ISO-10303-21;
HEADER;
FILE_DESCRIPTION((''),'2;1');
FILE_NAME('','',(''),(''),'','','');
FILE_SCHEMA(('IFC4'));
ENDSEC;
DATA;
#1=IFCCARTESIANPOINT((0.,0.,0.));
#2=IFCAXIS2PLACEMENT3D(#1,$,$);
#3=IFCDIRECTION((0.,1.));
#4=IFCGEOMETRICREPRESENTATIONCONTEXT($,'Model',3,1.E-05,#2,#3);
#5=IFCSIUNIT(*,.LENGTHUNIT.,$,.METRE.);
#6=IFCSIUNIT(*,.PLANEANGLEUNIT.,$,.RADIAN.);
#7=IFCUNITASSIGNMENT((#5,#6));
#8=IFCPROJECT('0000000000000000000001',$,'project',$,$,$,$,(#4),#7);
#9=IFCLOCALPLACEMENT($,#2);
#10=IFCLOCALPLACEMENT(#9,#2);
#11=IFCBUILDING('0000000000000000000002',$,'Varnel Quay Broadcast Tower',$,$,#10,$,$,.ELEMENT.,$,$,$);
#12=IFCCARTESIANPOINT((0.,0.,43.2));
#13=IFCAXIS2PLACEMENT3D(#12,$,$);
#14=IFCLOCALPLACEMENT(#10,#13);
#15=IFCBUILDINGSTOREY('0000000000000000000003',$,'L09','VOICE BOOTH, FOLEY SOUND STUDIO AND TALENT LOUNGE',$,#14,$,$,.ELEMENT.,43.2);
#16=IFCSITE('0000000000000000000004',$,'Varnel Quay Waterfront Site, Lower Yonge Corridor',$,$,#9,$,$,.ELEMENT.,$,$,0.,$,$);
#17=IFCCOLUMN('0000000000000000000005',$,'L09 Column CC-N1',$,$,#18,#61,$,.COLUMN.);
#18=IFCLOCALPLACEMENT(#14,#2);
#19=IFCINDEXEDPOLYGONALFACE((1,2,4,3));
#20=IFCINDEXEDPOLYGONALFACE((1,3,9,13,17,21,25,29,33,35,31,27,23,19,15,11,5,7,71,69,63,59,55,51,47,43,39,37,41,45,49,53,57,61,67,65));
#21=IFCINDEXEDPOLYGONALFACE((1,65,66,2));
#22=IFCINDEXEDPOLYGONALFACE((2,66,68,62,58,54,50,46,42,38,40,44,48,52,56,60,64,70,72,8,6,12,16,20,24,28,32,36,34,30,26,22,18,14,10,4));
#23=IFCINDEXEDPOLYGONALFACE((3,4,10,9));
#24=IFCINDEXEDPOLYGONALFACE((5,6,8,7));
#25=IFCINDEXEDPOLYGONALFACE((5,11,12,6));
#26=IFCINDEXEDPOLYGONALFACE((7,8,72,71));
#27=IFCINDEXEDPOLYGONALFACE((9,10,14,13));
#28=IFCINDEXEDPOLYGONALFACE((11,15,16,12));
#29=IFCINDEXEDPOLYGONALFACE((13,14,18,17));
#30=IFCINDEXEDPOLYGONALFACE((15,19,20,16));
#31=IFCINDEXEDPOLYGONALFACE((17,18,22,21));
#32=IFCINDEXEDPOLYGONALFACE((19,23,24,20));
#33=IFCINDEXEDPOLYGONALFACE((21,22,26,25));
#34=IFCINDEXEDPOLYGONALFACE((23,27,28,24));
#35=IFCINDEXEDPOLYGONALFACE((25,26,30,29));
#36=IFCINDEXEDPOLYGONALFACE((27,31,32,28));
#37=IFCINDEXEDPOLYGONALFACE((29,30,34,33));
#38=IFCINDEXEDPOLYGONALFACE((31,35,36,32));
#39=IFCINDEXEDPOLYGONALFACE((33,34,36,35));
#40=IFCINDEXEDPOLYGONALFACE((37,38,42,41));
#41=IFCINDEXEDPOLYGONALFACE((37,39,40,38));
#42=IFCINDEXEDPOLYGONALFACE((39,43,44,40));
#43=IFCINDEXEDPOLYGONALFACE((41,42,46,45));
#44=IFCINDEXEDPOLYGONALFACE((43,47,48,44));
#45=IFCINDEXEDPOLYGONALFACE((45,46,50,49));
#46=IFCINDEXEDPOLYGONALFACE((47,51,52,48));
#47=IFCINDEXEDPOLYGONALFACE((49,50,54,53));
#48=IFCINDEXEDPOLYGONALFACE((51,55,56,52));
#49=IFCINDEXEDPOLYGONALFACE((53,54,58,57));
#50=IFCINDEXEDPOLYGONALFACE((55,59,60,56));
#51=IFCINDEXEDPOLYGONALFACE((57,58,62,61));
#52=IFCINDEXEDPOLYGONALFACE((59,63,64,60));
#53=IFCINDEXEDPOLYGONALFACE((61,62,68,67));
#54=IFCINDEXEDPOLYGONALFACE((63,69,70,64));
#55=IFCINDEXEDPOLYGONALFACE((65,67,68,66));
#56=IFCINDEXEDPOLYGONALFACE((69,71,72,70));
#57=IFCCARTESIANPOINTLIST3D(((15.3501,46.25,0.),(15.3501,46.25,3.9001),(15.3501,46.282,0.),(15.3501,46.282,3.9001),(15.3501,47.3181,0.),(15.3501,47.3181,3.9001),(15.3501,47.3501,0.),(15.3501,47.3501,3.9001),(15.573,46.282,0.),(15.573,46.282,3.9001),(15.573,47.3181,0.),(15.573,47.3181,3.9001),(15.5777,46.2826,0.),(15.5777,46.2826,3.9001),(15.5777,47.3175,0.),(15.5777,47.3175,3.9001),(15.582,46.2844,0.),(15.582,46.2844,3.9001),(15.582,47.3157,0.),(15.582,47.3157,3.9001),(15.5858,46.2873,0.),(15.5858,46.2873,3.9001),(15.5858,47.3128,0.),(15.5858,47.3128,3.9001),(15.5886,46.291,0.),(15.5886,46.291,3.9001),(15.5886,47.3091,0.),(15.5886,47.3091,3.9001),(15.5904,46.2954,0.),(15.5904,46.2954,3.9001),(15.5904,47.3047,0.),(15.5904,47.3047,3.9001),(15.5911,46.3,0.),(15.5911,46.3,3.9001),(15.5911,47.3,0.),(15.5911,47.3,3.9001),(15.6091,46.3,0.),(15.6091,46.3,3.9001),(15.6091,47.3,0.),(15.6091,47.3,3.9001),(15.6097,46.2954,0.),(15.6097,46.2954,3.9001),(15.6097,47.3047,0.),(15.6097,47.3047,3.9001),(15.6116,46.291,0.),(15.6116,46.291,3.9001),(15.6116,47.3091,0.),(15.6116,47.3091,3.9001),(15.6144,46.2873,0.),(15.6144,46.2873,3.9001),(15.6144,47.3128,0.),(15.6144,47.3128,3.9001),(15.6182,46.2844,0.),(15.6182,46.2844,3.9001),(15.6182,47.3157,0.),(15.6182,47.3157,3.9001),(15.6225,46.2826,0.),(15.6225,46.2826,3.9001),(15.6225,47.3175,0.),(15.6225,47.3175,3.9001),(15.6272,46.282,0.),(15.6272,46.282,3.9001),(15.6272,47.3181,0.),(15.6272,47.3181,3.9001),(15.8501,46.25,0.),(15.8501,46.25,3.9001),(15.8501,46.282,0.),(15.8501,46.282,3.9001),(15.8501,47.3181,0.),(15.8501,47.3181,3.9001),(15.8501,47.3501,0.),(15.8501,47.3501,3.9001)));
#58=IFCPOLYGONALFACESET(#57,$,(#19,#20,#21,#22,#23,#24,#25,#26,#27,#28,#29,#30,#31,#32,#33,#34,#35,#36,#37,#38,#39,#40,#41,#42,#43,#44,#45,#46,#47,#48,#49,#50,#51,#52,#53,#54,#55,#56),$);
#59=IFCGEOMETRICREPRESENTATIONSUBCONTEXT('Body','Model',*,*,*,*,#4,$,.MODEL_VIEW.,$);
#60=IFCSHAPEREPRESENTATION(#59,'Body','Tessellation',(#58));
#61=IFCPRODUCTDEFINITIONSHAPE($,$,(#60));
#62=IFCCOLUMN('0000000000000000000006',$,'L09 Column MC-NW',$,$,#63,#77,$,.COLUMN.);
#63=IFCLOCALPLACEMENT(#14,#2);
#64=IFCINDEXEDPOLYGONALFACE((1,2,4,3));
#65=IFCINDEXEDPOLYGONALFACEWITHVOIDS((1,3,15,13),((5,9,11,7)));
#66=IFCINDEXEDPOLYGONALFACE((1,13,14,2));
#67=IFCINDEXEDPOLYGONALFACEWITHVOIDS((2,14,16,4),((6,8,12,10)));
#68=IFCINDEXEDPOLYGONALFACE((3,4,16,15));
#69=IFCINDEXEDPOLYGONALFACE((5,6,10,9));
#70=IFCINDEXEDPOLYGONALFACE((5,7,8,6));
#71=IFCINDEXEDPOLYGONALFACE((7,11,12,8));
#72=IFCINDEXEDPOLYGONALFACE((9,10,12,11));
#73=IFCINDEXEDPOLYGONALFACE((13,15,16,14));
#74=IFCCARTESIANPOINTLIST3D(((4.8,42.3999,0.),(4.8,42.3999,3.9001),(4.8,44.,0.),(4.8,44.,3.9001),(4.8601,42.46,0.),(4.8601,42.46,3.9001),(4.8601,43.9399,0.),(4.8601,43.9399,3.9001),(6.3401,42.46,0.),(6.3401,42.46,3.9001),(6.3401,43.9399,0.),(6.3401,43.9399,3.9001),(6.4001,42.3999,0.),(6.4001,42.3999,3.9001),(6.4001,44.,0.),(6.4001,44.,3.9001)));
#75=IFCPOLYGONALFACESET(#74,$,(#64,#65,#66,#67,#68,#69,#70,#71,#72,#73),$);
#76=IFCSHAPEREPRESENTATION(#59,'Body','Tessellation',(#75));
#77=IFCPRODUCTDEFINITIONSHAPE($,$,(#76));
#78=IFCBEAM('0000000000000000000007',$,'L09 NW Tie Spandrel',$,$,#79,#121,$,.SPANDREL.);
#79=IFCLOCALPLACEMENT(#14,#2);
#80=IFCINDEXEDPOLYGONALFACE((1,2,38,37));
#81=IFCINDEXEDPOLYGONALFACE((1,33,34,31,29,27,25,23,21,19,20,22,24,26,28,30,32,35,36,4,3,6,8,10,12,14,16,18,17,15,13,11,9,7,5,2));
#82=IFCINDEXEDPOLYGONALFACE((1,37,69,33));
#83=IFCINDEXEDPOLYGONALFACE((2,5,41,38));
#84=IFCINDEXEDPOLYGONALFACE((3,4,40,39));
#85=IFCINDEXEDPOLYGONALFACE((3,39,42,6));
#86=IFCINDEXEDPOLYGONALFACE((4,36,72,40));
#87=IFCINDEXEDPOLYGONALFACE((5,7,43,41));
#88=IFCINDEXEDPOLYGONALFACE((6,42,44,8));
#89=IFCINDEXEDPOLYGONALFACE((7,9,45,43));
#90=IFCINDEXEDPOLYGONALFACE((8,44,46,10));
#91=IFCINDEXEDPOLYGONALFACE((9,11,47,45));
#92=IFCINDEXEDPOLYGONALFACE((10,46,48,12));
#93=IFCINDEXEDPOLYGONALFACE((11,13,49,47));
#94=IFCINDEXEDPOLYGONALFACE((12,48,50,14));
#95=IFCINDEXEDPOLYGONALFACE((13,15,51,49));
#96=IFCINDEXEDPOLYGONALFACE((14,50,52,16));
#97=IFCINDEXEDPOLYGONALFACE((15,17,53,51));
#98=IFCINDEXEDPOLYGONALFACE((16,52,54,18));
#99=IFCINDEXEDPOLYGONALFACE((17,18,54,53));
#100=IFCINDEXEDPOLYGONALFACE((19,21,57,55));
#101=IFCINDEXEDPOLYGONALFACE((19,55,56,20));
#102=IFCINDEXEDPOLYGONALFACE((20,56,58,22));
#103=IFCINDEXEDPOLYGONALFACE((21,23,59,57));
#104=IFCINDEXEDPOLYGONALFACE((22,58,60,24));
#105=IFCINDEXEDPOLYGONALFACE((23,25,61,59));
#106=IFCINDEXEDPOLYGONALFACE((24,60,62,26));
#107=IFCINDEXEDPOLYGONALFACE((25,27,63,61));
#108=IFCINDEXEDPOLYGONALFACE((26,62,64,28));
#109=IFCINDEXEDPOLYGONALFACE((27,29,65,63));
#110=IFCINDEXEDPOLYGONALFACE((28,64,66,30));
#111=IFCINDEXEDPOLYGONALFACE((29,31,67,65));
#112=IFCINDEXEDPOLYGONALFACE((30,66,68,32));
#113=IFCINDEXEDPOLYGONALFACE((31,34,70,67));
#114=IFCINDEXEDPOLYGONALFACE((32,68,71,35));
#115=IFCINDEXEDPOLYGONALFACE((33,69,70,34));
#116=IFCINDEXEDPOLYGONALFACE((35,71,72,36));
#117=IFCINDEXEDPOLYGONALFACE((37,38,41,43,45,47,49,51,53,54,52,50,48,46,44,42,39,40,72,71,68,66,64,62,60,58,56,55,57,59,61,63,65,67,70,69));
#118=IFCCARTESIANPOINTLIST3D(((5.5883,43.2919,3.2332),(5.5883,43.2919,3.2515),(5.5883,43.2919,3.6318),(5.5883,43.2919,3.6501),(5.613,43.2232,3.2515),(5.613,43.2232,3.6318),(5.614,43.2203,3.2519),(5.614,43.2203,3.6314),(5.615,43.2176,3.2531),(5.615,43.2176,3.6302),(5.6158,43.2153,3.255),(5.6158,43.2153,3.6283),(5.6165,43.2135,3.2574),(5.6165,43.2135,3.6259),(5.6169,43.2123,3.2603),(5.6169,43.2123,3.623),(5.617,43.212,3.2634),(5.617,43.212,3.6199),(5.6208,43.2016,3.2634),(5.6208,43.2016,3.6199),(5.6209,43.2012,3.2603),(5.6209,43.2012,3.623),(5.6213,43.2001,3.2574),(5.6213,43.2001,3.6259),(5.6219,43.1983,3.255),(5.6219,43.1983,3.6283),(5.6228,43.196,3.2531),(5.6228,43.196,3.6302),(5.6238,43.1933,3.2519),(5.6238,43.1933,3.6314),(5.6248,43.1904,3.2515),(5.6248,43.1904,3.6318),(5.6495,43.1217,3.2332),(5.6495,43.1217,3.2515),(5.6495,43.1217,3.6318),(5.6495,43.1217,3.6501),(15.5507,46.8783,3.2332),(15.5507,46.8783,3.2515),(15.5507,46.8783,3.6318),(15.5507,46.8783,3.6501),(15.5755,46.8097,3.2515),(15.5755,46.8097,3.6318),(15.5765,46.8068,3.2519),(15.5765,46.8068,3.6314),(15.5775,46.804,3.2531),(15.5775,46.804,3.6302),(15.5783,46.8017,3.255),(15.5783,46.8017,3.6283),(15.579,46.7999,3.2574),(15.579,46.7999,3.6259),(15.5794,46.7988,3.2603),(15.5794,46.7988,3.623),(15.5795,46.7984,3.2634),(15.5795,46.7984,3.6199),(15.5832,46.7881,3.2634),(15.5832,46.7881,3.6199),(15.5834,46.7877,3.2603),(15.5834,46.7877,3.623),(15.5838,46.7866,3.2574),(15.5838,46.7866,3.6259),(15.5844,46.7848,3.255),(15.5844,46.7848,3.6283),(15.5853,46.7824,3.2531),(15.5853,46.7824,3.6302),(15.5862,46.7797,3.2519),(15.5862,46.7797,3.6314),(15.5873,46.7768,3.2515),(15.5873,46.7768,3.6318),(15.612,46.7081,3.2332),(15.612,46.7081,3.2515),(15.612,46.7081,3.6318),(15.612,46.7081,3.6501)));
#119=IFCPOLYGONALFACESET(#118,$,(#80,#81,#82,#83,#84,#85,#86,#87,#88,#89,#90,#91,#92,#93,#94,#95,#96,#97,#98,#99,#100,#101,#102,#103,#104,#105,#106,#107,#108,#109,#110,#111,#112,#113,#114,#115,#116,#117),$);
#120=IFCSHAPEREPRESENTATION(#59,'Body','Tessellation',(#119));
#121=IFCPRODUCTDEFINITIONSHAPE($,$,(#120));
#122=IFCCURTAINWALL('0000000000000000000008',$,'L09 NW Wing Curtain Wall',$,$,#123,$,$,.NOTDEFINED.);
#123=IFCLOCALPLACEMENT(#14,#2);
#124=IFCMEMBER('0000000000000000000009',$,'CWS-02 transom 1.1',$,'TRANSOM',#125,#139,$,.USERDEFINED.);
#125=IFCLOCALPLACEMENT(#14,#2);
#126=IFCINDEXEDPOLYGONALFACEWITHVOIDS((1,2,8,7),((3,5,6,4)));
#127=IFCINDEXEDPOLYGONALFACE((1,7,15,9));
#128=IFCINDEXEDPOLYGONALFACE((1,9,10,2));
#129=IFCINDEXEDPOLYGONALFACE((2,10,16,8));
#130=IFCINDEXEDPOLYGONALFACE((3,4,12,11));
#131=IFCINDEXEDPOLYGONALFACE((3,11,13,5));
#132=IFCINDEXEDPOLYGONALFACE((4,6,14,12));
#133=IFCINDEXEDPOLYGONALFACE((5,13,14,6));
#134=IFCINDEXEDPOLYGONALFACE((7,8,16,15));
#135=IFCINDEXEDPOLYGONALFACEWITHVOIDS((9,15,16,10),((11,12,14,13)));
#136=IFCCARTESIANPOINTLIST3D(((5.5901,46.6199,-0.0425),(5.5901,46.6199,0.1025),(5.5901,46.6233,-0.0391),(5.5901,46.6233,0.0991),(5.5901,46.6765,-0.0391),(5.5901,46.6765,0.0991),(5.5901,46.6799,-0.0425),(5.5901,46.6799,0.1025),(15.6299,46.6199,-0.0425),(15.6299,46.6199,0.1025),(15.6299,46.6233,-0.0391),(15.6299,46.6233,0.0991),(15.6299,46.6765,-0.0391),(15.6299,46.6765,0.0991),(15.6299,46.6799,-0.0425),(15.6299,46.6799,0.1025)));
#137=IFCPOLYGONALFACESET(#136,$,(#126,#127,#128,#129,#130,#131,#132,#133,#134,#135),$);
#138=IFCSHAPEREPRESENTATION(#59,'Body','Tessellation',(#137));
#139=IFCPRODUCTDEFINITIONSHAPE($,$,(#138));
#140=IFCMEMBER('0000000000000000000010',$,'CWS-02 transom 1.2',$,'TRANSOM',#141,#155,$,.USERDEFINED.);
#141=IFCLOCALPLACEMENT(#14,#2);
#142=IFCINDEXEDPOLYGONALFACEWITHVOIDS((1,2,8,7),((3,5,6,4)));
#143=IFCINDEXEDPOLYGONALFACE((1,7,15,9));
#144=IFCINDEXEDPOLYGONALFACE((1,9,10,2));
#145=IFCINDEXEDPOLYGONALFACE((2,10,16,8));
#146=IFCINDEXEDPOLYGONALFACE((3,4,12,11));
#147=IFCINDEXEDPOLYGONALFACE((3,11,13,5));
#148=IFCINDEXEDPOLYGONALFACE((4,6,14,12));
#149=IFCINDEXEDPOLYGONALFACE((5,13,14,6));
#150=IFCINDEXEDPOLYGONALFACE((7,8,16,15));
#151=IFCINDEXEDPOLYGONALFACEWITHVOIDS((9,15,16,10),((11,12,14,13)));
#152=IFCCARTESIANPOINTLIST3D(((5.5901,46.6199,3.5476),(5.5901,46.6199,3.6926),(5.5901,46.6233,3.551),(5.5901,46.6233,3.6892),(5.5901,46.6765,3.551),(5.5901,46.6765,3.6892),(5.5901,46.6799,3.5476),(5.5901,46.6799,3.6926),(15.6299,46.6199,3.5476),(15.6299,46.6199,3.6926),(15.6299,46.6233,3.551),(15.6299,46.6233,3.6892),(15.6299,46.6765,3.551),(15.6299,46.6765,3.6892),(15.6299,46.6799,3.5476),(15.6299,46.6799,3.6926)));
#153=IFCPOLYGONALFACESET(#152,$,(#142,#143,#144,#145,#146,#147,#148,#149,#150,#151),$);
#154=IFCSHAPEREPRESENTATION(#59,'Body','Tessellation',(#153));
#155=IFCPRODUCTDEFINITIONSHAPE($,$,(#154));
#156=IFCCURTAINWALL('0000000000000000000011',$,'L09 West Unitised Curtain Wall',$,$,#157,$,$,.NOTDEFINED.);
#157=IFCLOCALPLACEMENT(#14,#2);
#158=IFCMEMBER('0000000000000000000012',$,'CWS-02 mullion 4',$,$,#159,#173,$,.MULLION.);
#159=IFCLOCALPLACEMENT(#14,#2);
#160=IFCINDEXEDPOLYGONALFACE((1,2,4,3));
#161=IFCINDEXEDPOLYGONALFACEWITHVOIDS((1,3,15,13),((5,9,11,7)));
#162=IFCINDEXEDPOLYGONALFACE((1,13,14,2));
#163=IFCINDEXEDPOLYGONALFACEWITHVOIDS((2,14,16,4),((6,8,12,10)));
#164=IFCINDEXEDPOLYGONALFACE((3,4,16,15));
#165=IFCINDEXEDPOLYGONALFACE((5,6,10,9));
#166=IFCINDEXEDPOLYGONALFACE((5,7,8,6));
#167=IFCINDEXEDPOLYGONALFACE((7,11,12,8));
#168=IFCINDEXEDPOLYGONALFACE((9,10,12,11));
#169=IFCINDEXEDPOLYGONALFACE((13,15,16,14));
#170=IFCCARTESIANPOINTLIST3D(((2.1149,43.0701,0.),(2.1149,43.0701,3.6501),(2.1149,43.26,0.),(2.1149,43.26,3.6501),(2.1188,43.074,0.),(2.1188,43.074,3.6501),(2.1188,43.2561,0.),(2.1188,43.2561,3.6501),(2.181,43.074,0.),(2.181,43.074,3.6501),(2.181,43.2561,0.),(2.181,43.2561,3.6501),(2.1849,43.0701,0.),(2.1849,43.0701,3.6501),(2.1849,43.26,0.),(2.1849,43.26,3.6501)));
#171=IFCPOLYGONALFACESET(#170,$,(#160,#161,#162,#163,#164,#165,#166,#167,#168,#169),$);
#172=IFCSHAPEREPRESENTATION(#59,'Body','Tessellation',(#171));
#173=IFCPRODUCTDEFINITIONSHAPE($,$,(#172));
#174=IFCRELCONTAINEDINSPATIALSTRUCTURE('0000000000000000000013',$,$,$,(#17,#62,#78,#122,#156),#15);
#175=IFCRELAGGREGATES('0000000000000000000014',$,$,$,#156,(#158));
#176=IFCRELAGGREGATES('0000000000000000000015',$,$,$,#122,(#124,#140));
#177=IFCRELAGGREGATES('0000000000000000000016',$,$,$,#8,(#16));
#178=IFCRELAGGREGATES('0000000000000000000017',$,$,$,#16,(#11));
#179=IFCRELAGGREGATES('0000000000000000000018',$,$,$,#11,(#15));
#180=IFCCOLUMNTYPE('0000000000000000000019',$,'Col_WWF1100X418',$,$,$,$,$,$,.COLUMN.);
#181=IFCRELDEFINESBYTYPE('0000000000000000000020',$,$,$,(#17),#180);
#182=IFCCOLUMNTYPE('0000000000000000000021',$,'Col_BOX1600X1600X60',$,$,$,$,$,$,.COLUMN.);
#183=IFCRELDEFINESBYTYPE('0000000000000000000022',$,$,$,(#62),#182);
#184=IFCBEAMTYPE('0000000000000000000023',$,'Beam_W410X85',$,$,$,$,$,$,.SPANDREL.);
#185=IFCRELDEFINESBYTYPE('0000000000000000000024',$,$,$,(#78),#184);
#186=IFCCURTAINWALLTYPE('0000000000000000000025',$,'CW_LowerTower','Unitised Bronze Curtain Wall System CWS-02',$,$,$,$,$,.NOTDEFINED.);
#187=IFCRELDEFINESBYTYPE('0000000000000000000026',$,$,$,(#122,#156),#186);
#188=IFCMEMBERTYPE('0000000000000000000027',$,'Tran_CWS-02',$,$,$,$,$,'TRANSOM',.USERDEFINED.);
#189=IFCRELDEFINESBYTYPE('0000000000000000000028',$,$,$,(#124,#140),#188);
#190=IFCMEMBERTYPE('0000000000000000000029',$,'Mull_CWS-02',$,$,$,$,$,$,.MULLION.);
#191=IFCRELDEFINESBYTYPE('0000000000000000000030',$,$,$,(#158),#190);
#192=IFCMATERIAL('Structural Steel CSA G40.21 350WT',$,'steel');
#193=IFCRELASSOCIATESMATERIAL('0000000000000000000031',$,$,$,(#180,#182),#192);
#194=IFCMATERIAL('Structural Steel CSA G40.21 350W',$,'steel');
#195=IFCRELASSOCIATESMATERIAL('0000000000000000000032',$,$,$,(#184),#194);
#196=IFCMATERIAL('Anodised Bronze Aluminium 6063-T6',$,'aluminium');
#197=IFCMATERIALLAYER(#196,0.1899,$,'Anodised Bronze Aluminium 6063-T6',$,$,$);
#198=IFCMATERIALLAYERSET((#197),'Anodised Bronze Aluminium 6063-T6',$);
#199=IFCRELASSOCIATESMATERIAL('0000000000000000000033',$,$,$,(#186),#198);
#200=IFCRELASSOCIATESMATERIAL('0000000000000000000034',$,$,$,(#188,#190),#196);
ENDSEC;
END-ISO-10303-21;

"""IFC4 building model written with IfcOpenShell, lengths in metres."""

from ifc_helpers import new_model, si_unit, direction, frame, origin, origin_2d, place, context, subcontext, project, spatial, hollow_rectangle, i_section, extrude, source, transform, mapped, material, layer, layer_set, material_profile, profile_set, type_object, type_shapes, element, aggregate, save


model = new_model("IFC4")

# Units and contexts
model_context = context("Model", 3, precision=1e-05, world=origin(), true_north=direction((0.0, 1.0)))
body_context = subcontext(model_context, "Body", "Model", "MODEL_VIEW")
ifc_project = project(units=[si_unit("LENGTHUNIT", "METRE"), si_unit("PLANEANGLEUNIT", "RADIAN")], contexts=[model_context])

# Site, building, storey
site_placement = place(None, origin())
site = spatial("IfcSite", under=ifc_project, at=site_placement, Name="Varnel Quay Waterfront Site, Lower Yonge Corridor", CompositionType="ELEMENT", RefElevation=0.0)
building_placement = place(site_placement, origin())
building = spatial("IfcBuilding", under=site, at=building_placement, Name="Varnel Quay Broadcast Tower", CompositionType="ELEMENT")
storey_placement = place(building_placement, frame((0.0, 0.0, 43.2)))
storey = spatial("IfcBuildingStorey", under=building, at=storey_placement, Name="L09", Description="VOICE BOOTH, FOLEY SOUND STUDIO AND TALENT LOUNGE", CompositionType="ELEMENT", Elevation=43.2)

# Columns
ifc_material_1 = material(Name="Structural Steel CSA G40.21 350WT", Category="steel")
ifc_material_profile_1 = material_profile(ifc_material_1, i_section(OverallWidth=0.5, OverallDepth=1.1001, WebThickness=0.0181, FlangeThickness=0.032, FilletRadius=0.0181, at=origin_2d()), Name="WWF1100X418")
ifc_profile_set_1 = profile_set([ifc_material_profile_1], Name="Structural Steel CSA G40.21 350WT")
column_type_1 = type_object("IfcColumnType", Name="Col_WWF1100X418", PredefinedType="COLUMN", material=ifc_profile_set_1)
shared_shape_1 = source(origin(), body_context, "Body", "SweptSolid", [
    extrude(i_section(OverallWidth=0.5, OverallDepth=1.1001, WebThickness=0.0181, FlangeThickness=0.032, FilletRadius=0.0181, at=origin_2d()), origin(), (0.0, 0.0, 1.0), 3.9001),
])
type_shapes(column_type_1, [shared_shape_1])
column_1_placement = place(storey_placement, frame((15.6001, 46.8, 0.0), z_axis=(0.0, 0.0, 1.0), x_axis=(1.0, 0.0, 0.0)))
element("IfcColumn", 1, at=column_1_placement, inside=storey, type_object=column_type_1, Name="L09 Column CC-N1", PredefinedType="COLUMN", context=body_context, shape_type="MappedRepresentation", body=[
    mapped(shared_shape_1, transform((0.0, 0.0, 0.0), x_axis=(1.0, 0.0, 0.0), y_axis=(0.0, 1.0, 0.0), z_axis=(0.0, 0.0, 1.0), scale=1.0)),
])
ifc_material_profile_2 = material_profile(ifc_material_1, hollow_rectangle(XDim=1.6001, YDim=1.6001, WallThickness=0.0601, at=origin_2d()), Name="BOX1600X1600X60")
ifc_profile_set_2 = profile_set([ifc_material_profile_2], Name="Structural Steel CSA G40.21 350WT")
column_type_2 = type_object("IfcColumnType", Name="Col_BOX1600X1600X60", PredefinedType="COLUMN", material=ifc_profile_set_2)
shared_shape_2 = source(origin(), body_context, "Body", "SweptSolid", [
    extrude(hollow_rectangle(XDim=1.6001, YDim=1.6001, WallThickness=0.0601, at=origin_2d()), origin(), (0.0, 0.0, 1.0), 3.9001),
])
type_shapes(column_type_2, [shared_shape_2])
column_2_placement = place(storey_placement, frame((5.6001, 43.2, 0.0), z_axis=(0.0, 0.0, 1.0), x_axis=(1.0, 0.0, 0.0)))
element("IfcColumn", 2, at=column_2_placement, inside=storey, type_object=column_type_2, Name="L09 Column MC-NW", PredefinedType="COLUMN", context=body_context, shape_type="MappedRepresentation", body=[
    mapped(shared_shape_2, transform((0.0, 0.0, 0.0), x_axis=(1.0, 0.0, 0.0), y_axis=(0.0, 1.0, 0.0), z_axis=(0.0, 0.0, 1.0), scale=1.0)),
])

# Beam
ifc_material_2 = material(Name="Structural Steel CSA G40.21 350W", Category="steel")
ifc_material_profile_3 = material_profile(ifc_material_2, i_section(OverallWidth=0.1809, OverallDepth=0.417, WebThickness=0.011, FlangeThickness=0.0183, FilletRadius=0.012, at=origin_2d()), Name="W410X85")
ifc_profile_set_3 = profile_set([ifc_material_profile_3], Name="Structural Steel CSA G40.21 350W")
beam_type = type_object("IfcBeamType", Name="Beam_W410X85", PredefinedType="SPANDREL", material=ifc_profile_set_3)
shared_shape_3 = source(origin(), body_context, "Body", "SweptSolid", [
    extrude(i_section(OverallWidth=0.1809, OverallDepth=0.417, WebThickness=0.011, FlangeThickness=0.0183, FilletRadius=0.012, at=origin_2d()), origin(), (0.0, 0.0, 1.0), 10.5884),
])
type_shapes(beam_type, [shared_shape_3])
beam_placement = place(storey_placement, frame((5.6189, 43.2068, 3.4417), z_axis=(0.940889, 0.338716, 0.0), x_axis=(-0.338716, 0.940889, 0.0)))
element("IfcBeam", 3, at=beam_placement, inside=storey, type_object=beam_type, Name="L09 NW Tie Spandrel", PredefinedType="SPANDREL", context=body_context, shape_type="MappedRepresentation", body=[
    mapped(shared_shape_3, transform((0.0, 0.0, 0.0), x_axis=(1.0, 0.0, 0.0), y_axis=(0.0, 1.0, 0.0), z_axis=(0.0, 0.0, 1.0), scale=1.0)),
])

# Curtain wall, members
ifc_material_3 = material(Name="Anodised Bronze Aluminium 6063-T6", Category="aluminium")
ifc_layer_1 = layer(ifc_material_3, 0.1899, Name="Anodised Bronze Aluminium 6063-T6")
ifc_layer_set_1 = layer_set([ifc_layer_1], Name="Anodised Bronze Aluminium 6063-T6")
curtain_wall_type = type_object("IfcCurtainWallType", Name="CW_LowerTower", Description="Unitised Bronze Curtain Wall System CWS-02", PredefinedType="NOTDEFINED", material=ifc_layer_set_1)
curtain_wall_1_placement = place(storey_placement, origin())
curtain_wall_1 = element("IfcCurtainWall", 4, at=curtain_wall_1_placement, inside=storey, type_object=curtain_wall_type, Name="L09 NW Wing Curtain Wall", PredefinedType="NOTDEFINED")
ifc_material_profile_4 = material_profile(ifc_material_3, hollow_rectangle(XDim=0.0601, YDim=0.145, WallThickness=0.0034, at=origin_2d()), Name="ALU60X145X3.5")
ifc_profile_set_4 = profile_set([ifc_material_profile_4], Name="Anodised Bronze Aluminium 6063-T6")
member_type_1 = type_object("IfcMemberType", Name="Tran_CWS-02", ElementType="TRANSOM", PredefinedType="USERDEFINED", material=ifc_profile_set_4)
shared_shape_4 = source(origin(), body_context, "Body", "SweptSolid", [
    extrude(hollow_rectangle(XDim=0.0601, YDim=0.145, WallThickness=0.0034, at=origin_2d()), origin(), (0.0, 0.0, 1.0), 10.0398),
])
type_shapes(member_type_1, [shared_shape_4])
member_1_placement = place(storey_placement, frame((5.5901, 46.6499, 0.03), z_axis=(1.0, 0.0, 0.0), x_axis=(0.0, 1.0, 0.0)))
member_1 = element("IfcMember", 5, at=member_1_placement, type_object=member_type_1, Name="CWS-02 transom 1.1", ObjectType="TRANSOM", PredefinedType="USERDEFINED", context=body_context, shape_type="MappedRepresentation", body=[
    mapped(shared_shape_4, transform((0.0, 0.0, 0.0), x_axis=(1.0, 0.0, 0.0), y_axis=(0.0, 1.0, 0.0), z_axis=(0.0, 0.0, 1.0), scale=1.0)),
])
member_2_placement = place(storey_placement, frame((5.5901, 46.6499, 3.6201), z_axis=(1.0, 0.0, 0.0), x_axis=(0.0, 1.0, 0.0)))
member_2 = element("IfcMember", 6, at=member_2_placement, type_object=member_type_1, Name="CWS-02 transom 1.2", ObjectType="TRANSOM", PredefinedType="USERDEFINED", context=body_context, shape_type="MappedRepresentation", body=[
    mapped(shared_shape_4, transform((0.0, 0.0, 0.0), x_axis=(1.0, 0.0, 0.0), y_axis=(0.0, 1.0, 0.0), z_axis=(0.0, 0.0, 1.0), scale=1.0)),
])

# Curtain wall, member
curtain_wall_2_placement = place(storey_placement, origin())
curtain_wall_2 = element("IfcCurtainWall", 7, at=curtain_wall_2_placement, inside=storey, type_object=curtain_wall_type, Name="L09 West Unitised Curtain Wall", PredefinedType="NOTDEFINED")
ifc_material_profile_5 = material_profile(ifc_material_3, hollow_rectangle(XDim=0.0701, YDim=0.1899, WallThickness=0.0039, at=origin_2d()), Name="ALU70X190X4")
ifc_profile_set_5 = profile_set([ifc_material_profile_5], Name="Anodised Bronze Aluminium 6063-T6")
member_type_2 = type_object("IfcMemberType", Name="Mull_CWS-02", PredefinedType="MULLION", material=ifc_profile_set_5)
shared_shape_5 = source(origin(), body_context, "Body", "SweptSolid", [
    extrude(hollow_rectangle(XDim=0.0701, YDim=0.1899, WallThickness=0.0039, at=origin_2d()), origin(), (0.0, 0.0, 1.0), 3.6501),
])
type_shapes(member_type_2, [shared_shape_5])
member_3_placement = place(storey_placement, frame((2.1499, 43.165, 0.0), z_axis=(0.0, 0.0, 1.0), x_axis=(-1.0, 0.0, 0.0)))
member_3 = element("IfcMember", 8, at=member_3_placement, type_object=member_type_2, Name="CWS-02 mullion 4", PredefinedType="MULLION", context=body_context, shape_type="MappedRepresentation", body=[
    mapped(shared_shape_5, transform((0.0, 0.0, 0.0), x_axis=(1.0, 0.0, 0.0), y_axis=(0.0, 1.0, 0.0), z_axis=(0.0, 0.0, 1.0), scale=1.0)),
])

aggregate(curtain_wall_2, [member_3])
aggregate(curtain_wall_1, [member_1, member_2])

save(model, "model.ifc")
